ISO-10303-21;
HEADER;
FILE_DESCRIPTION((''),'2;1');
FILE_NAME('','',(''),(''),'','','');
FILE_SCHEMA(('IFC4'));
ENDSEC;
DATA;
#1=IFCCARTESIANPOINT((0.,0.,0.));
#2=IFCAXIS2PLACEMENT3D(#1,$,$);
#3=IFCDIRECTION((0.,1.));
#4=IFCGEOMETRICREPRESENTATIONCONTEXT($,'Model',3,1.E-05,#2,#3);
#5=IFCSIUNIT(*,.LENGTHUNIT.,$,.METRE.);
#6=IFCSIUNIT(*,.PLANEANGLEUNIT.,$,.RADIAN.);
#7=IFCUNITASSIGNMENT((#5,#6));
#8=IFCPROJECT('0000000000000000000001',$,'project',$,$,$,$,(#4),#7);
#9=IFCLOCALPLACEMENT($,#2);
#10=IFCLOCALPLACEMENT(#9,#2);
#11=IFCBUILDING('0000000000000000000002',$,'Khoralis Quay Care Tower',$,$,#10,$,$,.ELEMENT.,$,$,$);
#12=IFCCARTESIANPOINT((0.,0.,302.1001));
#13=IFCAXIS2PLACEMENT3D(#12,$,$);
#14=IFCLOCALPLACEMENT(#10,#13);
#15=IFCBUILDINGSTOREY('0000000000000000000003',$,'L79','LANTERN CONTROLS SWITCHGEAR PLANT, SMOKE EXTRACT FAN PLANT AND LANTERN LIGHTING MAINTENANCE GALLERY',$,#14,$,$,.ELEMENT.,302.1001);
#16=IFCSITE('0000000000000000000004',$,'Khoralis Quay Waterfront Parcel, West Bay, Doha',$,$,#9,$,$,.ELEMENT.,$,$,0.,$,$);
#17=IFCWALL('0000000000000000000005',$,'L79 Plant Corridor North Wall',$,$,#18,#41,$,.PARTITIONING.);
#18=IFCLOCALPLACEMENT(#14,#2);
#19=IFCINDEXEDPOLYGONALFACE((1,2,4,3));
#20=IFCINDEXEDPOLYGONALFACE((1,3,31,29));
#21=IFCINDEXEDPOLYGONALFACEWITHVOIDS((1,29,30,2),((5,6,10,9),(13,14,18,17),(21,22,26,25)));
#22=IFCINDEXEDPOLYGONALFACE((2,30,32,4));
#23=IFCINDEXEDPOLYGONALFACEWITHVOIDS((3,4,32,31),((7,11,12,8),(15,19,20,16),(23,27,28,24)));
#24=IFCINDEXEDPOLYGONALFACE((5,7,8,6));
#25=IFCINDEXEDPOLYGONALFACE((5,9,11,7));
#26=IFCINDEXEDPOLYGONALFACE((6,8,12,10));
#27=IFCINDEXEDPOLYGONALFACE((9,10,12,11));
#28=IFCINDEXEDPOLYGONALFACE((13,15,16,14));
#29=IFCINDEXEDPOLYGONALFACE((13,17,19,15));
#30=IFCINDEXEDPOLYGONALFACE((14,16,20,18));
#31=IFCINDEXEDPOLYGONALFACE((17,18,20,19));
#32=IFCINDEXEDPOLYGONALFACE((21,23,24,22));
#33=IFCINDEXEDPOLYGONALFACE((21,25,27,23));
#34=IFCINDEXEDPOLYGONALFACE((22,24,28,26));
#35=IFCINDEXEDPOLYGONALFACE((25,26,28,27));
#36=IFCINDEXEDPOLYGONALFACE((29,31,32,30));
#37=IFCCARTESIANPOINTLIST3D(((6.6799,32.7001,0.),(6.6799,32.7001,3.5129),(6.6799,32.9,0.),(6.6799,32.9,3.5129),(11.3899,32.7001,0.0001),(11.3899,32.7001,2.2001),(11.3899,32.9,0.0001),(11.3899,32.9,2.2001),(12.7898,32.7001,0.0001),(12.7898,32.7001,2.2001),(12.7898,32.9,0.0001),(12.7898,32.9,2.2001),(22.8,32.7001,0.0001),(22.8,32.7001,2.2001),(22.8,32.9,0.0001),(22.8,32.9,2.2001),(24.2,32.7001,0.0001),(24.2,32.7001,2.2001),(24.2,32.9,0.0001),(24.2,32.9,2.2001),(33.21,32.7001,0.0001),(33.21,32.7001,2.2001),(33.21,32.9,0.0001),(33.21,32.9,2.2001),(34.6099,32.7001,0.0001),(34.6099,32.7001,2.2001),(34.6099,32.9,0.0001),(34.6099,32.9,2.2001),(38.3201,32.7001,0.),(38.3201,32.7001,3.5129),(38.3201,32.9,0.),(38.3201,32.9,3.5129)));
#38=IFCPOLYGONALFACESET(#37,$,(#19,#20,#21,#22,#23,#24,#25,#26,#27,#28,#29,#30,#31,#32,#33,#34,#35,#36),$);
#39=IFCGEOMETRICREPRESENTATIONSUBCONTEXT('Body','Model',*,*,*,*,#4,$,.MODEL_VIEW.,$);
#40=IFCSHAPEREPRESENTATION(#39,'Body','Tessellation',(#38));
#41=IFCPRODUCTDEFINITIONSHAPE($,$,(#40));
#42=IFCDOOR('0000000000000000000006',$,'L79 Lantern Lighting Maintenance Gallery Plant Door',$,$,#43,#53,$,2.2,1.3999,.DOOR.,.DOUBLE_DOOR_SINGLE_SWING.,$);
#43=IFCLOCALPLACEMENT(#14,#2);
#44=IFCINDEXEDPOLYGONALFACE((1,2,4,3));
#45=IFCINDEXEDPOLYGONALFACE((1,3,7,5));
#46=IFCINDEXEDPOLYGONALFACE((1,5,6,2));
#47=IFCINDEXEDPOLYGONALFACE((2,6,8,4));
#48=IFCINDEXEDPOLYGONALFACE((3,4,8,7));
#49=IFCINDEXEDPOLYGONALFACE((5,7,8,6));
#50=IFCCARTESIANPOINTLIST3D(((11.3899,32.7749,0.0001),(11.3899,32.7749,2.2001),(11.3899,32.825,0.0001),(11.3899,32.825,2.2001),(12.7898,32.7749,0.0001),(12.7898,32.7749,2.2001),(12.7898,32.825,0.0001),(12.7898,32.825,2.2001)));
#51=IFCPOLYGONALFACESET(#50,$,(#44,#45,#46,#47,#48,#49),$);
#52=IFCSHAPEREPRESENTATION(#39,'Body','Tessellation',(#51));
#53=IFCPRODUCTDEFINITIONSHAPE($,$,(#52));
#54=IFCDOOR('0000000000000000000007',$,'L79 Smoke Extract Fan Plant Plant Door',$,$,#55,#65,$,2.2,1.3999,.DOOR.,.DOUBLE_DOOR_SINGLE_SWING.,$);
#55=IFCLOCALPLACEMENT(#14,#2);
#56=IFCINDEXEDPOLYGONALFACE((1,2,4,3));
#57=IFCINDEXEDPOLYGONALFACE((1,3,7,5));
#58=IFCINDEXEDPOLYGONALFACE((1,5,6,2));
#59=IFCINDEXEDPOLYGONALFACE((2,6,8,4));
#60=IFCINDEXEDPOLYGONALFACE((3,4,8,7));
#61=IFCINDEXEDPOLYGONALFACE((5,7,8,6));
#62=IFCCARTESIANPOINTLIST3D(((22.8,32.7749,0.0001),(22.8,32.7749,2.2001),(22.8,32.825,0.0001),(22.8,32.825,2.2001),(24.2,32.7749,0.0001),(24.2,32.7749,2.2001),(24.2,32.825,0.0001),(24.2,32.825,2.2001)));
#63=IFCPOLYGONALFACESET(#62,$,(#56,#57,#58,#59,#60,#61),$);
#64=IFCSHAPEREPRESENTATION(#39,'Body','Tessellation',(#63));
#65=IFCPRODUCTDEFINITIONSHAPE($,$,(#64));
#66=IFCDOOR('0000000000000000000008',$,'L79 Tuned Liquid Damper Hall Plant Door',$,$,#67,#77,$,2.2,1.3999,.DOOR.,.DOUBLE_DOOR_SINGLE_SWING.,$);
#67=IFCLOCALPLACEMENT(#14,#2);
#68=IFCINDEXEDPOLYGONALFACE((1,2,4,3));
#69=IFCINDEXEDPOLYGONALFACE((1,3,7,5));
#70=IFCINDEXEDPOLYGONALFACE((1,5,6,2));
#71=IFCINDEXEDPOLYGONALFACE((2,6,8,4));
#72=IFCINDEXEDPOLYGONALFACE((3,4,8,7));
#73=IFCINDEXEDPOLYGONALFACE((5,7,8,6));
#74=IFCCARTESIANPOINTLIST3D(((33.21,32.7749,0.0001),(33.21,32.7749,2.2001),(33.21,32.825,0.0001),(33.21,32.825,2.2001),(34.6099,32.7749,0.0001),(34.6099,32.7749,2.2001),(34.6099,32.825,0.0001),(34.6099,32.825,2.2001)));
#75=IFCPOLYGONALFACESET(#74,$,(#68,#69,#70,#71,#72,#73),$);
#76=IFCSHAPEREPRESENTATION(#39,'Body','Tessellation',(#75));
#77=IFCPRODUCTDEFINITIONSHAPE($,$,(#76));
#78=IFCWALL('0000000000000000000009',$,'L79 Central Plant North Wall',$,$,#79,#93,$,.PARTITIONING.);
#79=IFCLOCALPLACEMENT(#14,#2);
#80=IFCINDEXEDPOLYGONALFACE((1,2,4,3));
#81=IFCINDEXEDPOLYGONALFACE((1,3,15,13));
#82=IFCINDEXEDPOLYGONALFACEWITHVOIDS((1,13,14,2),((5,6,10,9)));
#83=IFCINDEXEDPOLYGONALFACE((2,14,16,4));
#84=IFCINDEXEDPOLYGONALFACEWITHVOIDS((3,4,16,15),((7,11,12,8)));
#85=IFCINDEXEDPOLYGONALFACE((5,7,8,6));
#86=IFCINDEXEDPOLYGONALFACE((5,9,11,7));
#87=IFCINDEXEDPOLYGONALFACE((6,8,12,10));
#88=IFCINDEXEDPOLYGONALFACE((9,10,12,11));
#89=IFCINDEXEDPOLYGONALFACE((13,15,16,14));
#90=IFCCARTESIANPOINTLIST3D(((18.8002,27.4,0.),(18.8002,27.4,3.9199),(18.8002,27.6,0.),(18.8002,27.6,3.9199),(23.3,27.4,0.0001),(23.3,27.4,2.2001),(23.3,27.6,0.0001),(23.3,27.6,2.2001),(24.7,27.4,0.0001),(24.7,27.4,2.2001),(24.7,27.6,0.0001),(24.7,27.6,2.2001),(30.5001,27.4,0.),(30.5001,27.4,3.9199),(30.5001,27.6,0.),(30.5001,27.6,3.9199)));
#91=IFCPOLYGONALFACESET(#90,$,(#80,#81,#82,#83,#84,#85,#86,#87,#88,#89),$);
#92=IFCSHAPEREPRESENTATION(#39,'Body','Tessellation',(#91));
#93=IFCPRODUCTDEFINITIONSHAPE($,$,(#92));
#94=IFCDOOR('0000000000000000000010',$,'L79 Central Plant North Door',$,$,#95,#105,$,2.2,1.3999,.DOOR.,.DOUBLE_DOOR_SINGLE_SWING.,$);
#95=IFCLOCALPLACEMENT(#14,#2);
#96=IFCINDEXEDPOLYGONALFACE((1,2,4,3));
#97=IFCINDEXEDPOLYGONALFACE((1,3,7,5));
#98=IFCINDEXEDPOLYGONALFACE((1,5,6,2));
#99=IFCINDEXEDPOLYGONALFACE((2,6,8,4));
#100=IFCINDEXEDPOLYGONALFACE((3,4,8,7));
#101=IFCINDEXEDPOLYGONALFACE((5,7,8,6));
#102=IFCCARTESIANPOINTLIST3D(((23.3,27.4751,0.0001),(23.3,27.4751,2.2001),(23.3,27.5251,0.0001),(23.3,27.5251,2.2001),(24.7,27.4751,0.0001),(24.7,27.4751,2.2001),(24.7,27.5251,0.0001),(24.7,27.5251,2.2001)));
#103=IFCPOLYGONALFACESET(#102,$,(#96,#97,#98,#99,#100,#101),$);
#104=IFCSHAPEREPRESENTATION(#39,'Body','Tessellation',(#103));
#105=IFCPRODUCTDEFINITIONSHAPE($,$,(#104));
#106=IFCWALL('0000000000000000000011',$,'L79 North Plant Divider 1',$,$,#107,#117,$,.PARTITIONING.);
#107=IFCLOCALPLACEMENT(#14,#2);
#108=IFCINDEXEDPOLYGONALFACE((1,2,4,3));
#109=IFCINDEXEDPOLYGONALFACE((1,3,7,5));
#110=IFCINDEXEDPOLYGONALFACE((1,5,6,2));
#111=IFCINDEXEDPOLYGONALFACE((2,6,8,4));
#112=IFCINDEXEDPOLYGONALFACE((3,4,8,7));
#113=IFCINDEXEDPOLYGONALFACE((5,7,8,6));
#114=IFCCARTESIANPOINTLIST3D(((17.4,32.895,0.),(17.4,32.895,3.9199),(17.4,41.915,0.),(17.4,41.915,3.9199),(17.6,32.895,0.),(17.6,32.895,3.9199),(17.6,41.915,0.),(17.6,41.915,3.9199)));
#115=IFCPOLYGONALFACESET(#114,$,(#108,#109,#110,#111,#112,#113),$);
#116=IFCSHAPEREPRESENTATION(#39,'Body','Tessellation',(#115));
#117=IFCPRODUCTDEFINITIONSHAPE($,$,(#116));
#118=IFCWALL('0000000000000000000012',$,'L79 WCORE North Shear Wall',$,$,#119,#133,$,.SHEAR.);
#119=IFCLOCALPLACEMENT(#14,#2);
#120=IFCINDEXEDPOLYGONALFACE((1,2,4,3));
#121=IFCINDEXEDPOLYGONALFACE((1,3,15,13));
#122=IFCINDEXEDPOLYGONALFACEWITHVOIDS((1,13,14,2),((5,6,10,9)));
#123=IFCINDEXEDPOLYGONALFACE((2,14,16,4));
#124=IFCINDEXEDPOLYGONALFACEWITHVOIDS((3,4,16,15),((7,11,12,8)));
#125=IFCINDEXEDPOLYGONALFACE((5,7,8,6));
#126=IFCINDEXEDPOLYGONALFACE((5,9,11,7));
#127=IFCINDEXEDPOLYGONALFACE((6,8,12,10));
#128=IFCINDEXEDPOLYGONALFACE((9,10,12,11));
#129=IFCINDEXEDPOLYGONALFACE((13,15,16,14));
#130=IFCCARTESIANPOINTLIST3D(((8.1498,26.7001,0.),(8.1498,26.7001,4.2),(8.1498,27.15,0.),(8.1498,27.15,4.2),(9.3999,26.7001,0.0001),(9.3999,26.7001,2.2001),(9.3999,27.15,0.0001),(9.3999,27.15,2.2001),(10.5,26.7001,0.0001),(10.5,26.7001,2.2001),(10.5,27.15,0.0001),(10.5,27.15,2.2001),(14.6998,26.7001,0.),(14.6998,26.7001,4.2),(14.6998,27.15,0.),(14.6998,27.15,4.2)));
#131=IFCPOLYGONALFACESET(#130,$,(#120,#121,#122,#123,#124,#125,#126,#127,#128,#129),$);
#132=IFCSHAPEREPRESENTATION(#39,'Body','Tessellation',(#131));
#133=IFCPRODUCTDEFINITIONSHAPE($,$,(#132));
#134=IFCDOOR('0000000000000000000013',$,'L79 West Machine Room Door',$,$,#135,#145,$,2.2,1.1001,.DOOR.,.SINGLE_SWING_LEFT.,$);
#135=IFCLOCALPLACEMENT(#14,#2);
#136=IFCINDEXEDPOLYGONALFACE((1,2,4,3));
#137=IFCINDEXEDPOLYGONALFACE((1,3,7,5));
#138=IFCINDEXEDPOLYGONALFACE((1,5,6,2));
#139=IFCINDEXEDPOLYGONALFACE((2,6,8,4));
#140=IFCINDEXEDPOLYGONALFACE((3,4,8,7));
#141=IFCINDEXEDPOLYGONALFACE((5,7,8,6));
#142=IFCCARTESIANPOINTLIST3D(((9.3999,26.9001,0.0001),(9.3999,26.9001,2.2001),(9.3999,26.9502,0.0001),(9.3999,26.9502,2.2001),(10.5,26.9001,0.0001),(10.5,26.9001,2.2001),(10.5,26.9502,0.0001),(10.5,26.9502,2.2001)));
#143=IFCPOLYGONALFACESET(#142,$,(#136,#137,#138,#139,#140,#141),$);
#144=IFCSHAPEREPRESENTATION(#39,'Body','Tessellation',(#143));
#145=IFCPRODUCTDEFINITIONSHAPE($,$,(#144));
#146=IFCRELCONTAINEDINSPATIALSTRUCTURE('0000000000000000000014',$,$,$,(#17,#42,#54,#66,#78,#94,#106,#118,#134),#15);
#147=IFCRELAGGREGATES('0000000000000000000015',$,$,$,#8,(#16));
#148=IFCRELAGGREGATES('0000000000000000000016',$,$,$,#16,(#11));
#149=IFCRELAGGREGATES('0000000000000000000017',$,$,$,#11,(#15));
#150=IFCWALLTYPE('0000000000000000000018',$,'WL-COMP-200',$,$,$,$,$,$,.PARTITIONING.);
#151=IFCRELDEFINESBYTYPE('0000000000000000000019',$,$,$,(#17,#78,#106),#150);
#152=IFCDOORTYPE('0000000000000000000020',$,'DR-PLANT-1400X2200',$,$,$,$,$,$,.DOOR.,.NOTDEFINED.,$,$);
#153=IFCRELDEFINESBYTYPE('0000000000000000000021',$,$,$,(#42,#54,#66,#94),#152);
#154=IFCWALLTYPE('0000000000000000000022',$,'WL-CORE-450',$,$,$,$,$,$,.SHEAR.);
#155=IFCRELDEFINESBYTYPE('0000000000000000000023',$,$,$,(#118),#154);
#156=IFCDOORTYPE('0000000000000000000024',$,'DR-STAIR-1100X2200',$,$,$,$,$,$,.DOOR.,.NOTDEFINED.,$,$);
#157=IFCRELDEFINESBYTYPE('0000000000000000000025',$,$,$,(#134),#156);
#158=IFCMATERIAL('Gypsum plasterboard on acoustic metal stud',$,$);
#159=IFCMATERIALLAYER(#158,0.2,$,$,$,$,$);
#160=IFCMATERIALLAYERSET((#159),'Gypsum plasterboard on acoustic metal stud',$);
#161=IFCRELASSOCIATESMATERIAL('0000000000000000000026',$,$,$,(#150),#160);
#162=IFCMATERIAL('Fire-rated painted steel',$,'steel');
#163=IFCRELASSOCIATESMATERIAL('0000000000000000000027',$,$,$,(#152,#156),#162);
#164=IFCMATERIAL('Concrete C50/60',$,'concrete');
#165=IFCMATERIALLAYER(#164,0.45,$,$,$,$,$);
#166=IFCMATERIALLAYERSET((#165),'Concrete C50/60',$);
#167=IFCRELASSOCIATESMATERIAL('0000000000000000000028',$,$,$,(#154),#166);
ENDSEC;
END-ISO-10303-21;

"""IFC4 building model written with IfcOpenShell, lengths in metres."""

from ifc_helpers import new_model, si_unit, direction, frame, frame_2d, origin, place, context, subcontext, project, spatial, rectangle, extrude, source, transform, mapped, material, layer, layer_set, type_object, element, fill, save


model = new_model("IFC4")

# Units and contexts
model_context = context("Model", 3, precision=1e-05, world=origin(), true_north=direction((0.0, 1.0)))
body_context = subcontext(model_context, "Body", "Model", "MODEL_VIEW")
ifc_project = project(units=[si_unit("LENGTHUNIT", "METRE"), si_unit("PLANEANGLEUNIT", "RADIAN")], contexts=[model_context])

# Site, building, storey
site_placement = place(None, origin())
site = spatial("IfcSite", under=ifc_project, at=site_placement, Name="Khoralis Quay Waterfront Parcel, West Bay, Doha", CompositionType="ELEMENT", RefElevation=0.0)
building_placement = place(site_placement, origin())
building = spatial("IfcBuilding", under=site, at=building_placement, Name="Khoralis Quay Care Tower", CompositionType="ELEMENT")
storey_placement = place(building_placement, frame((0.0, 0.0, 302.1001)))
storey = spatial("IfcBuildingStorey", under=building, at=storey_placement, Name="L79", Description="LANTERN CONTROLS SWITCHGEAR PLANT, SMOKE EXTRACT FAN PLANT AND LANTERN LIGHTING MAINTENANCE GALLERY", CompositionType="ELEMENT", Elevation=302.1001)

# Shared definitions
ifc_material_1 = material(Name="Concrete C50/60", Category="concrete")

# Wall, openings, doors
ifc_material_2 = material(Name="Gypsum plasterboard on acoustic metal stud")
ifc_layer_1 = layer(ifc_material_2, 0.2)
ifc_layer_set_1 = layer_set([ifc_layer_1], Name="Gypsum plasterboard on acoustic metal stud")
wall_type_1 = type_object("IfcWallType", Name="WL-COMP-200", PredefinedType="PARTITIONING", material=ifc_layer_set_1)
wall_1_placement = place(storey_placement, frame((6.6799, 32.8, 0.0), z_axis=(0.0, 0.0, 1.0), x_axis=(1.0, 0.0, 0.0)))
wall_1 = element("IfcWall", 1, at=wall_1_placement, inside=storey, type_object=wall_type_1, Name="L79 Plant Corridor North Wall", PredefinedType="PARTITIONING", context=body_context, shape_type="SweptSolid", body=[
    extrude(rectangle(XDim=31.6401, YDim=0.2, at=frame_2d((15.8201, 0.0))), origin(), (0.0, 0.0, 1.0), 3.5129),
])
opening_1_placement = place(wall_1_placement, frame((4.71, 0.0, 0.0)))
opening_1 = element("IfcOpeningElement", 2, at=opening_1_placement, cuts=wall_1, PredefinedType="OPENING", context=body_context, shape_type="SweptSolid", body=[
    extrude(rectangle(XDim=1.3999, YDim=2.2, at=frame_2d((0.7, 1.1001))), frame((0.0, 0.1099, 0.0), z_axis=(0.0, -1.0, 0.0), x_axis=(1.0, 0.0, 0.0)), (0.0, 0.0, 1.0), 0.22),
])
opening_2_placement = place(wall_1_placement, frame((16.1201, 0.0, 0.0)))
opening_2 = element("IfcOpeningElement", 3, at=opening_2_placement, cuts=wall_1, PredefinedType="OPENING", context=body_context, shape_type="SweptSolid", body=[
    extrude(rectangle(XDim=1.3999, YDim=2.2, at=frame_2d((0.7, 1.1001))), frame((0.0, 0.1099, 0.0), z_axis=(0.0, -1.0, 0.0), x_axis=(1.0, 0.0, 0.0)), (0.0, 0.0, 1.0), 0.22),
])
opening_3_placement = place(wall_1_placement, frame((26.53, 0.0, 0.0)))
opening_3 = element("IfcOpeningElement", 4, at=opening_3_placement, cuts=wall_1, PredefinedType="OPENING", context=body_context, shape_type="SweptSolid", body=[
    extrude(rectangle(XDim=1.3999, YDim=2.2, at=frame_2d((0.7, 1.1001))), frame((0.0, 0.1099, 0.0), z_axis=(0.0, -1.0, 0.0), x_axis=(1.0, 0.0, 0.0)), (0.0, 0.0, 1.0), 0.22),
])
ifc_material_3 = material(Name="Fire-rated painted steel", Category="steel")
door_type_1 = type_object("IfcDoorType", Name="DR-PLANT-1400X2200", OperationType="NOTDEFINED", PredefinedType="DOOR", material=ifc_material_3)
shared_shape_1 = source(origin(), body_context, "Body", "SweptSolid", [
    extrude(rectangle(XDim=1.3999, YDim=2.2, at=frame_2d((0.7, 1.1001))), frame((0.0, 0.0249, 0.0), z_axis=(0.0, -1.0, 0.0), x_axis=(1.0, 0.0, 0.0)), (0.0, 0.0, 1.0), 0.05),
])
door_1_placement = place(opening_1_placement, origin())
door_1 = element("IfcDoor", 5, at=door_1_placement, inside=storey, type_object=door_type_1, Name="L79 Lantern Lighting Maintenance Gallery Plant Door", OperationType="DOUBLE_DOOR_SINGLE_SWING", OverallHeight=2.2, OverallWidth=1.3999, PredefinedType="DOOR", context=body_context, shape_type="MappedRepresentation", body=[
    mapped(shared_shape_1, transform((0.0, 0.0, 0.0), scale=1.0)),
])
fill(opening_1, door_1)
door_2_placement = place(opening_2_placement, origin())
door_2 = element("IfcDoor", 6, at=door_2_placement, inside=storey, type_object=door_type_1, Name="L79 Smoke Extract Fan Plant Plant Door", OperationType="DOUBLE_DOOR_SINGLE_SWING", OverallHeight=2.2, OverallWidth=1.3999, PredefinedType="DOOR", context=body_context, shape_type="MappedRepresentation", body=[
    mapped(shared_shape_1, transform((0.0, 0.0, 0.0), scale=1.0)),
])
fill(opening_2, door_2)
door_3_placement = place(opening_3_placement, origin())
door_3 = element("IfcDoor", 7, at=door_3_placement, inside=storey, type_object=door_type_1, Name="L79 Tuned Liquid Damper Hall Plant Door", OperationType="DOUBLE_DOOR_SINGLE_SWING", OverallHeight=2.2, OverallWidth=1.3999, PredefinedType="DOOR", context=body_context, shape_type="MappedRepresentation", body=[
    mapped(shared_shape_1, transform((0.0, 0.0, 0.0), scale=1.0)),
])
fill(opening_3, door_3)

# Wall, opening, door
wall_2_placement = place(storey_placement, frame((18.8, 27.5, 0.0), z_axis=(0.0, 0.0, 1.0), x_axis=(1.0, 0.0, 0.0)))
wall_2 = element("IfcWall", 8, at=wall_2_placement, inside=storey, type_object=wall_type_1, Name="L79 Central Plant North Wall", PredefinedType="PARTITIONING", context=body_context, shape_type="SweptSolid", body=[
    extrude(rectangle(XDim=11.7, YDim=0.2, at=frame_2d((5.8501, 0.0))), origin(), (0.0, 0.0, 1.0), 3.9199),
])
opening_4_placement = place(wall_2_placement, frame((4.5, 0.0, 0.0)))
opening_4 = element("IfcOpeningElement", 9, at=opening_4_placement, cuts=wall_2, PredefinedType="OPENING", context=body_context, shape_type="SweptSolid", body=[
    extrude(rectangle(XDim=1.3999, YDim=2.2, at=frame_2d((0.7, 1.1001))), frame((0.0, 0.1099, 0.0), z_axis=(0.0, -1.0, 0.0), x_axis=(1.0, 0.0, 0.0)), (0.0, 0.0, 1.0), 0.22),
])
door_4_placement = place(opening_4_placement, frame((1.3999, 0.0, 0.0), z_axis=(0.0, 0.0, 1.0), x_axis=(-1.0, 0.0, 0.0)))
door_4 = element("IfcDoor", 10, at=door_4_placement, inside=storey, type_object=door_type_1, Name="L79 Central Plant North Door", OperationType="DOUBLE_DOOR_SINGLE_SWING", OverallHeight=2.2, OverallWidth=1.3999, PredefinedType="DOOR", context=body_context, shape_type="MappedRepresentation", body=[
    mapped(shared_shape_1, transform((0.0, 0.0, 0.0), scale=1.0)),
])
fill(opening_4, door_4)

# Wall
wall_3_placement = place(storey_placement, frame((17.5, 32.895, 0.0), z_axis=(0.0, 0.0, 1.0), x_axis=(0.0, 1.0, 0.0)))
element("IfcWall", 11, at=wall_3_placement, inside=storey, type_object=wall_type_1, Name="L79 North Plant Divider 1", PredefinedType="PARTITIONING", context=body_context, shape_type="SweptSolid", body=[
    extrude(rectangle(XDim=9.02, YDim=0.2, at=frame_2d((4.51, 0.0))), origin(), (0.0, 0.0, 1.0), 3.9199),
])

# Wall, opening, door
ifc_layer_2 = layer(ifc_material_1, 0.45)
ifc_layer_set_2 = layer_set([ifc_layer_2], Name="Concrete C50/60")
wall_type_2 = type_object("IfcWallType", Name="WL-CORE-450", PredefinedType="SHEAR", material=ifc_layer_set_2)
wall_4_placement = place(storey_placement, frame((8.1499, 26.925, 0.0), z_axis=(0.0, 0.0, 1.0), x_axis=(1.0, 0.0, 0.0)))
wall_4 = element("IfcWall", 12, at=wall_4_placement, inside=storey, type_object=wall_type_2, Name="L79 WCORE North Shear Wall", PredefinedType="SHEAR", context=body_context, shape_type="SweptSolid", body=[
    extrude(rectangle(XDim=6.55, YDim=0.45, at=frame_2d((3.2749, 0.0))), origin(), (0.0, 0.0, 1.0), 4.2),
])
opening_5_placement = place(wall_4_placement, frame((1.25, 0.0, 0.0)))
opening_5 = element("IfcOpeningElement", 13, at=opening_5_placement, cuts=wall_4, PredefinedType="OPENING", context=body_context, shape_type="SweptSolid", body=[
    extrude(rectangle(XDim=1.1001, YDim=2.2, at=frame_2d((0.55, 1.1001))), frame((0.0, 0.2349, 0.0), z_axis=(0.0, -1.0, 0.0), x_axis=(1.0, 0.0, 0.0)), (0.0, 0.0, 1.0), 0.47),
])
door_type_2 = type_object("IfcDoorType", Name="DR-STAIR-1100X2200", OperationType="NOTDEFINED", PredefinedType="DOOR", material=ifc_material_3)
shared_shape_2 = source(origin(), body_context, "Body", "SweptSolid", [
    extrude(rectangle(XDim=1.1001, YDim=2.2, at=frame_2d((0.55, 1.1001))), frame((0.0, 0.0249, 0.0), z_axis=(0.0, -1.0, 0.0), x_axis=(1.0, 0.0, 0.0)), (0.0, 0.0, 1.0), 0.05),
])
door_5_placement = place(opening_5_placement, frame((1.1001, 0.0, 0.0), z_axis=(0.0, 0.0, 1.0), x_axis=(-1.0, 0.0, 0.0)))
door_5 = element("IfcDoor", 14, at=door_5_placement, inside=storey, type_object=door_type_2, Name="L79 West Machine Room Door", OperationType="SINGLE_SWING_LEFT", OverallHeight=2.2, OverallWidth=1.1001, PredefinedType="DOOR", context=body_context, shape_type="MappedRepresentation", body=[
    mapped(shared_shape_2, transform((0.0, 0.0, 0.0), scale=1.0)),
])
fill(opening_5, door_5)

save(model, "model.ifc")
